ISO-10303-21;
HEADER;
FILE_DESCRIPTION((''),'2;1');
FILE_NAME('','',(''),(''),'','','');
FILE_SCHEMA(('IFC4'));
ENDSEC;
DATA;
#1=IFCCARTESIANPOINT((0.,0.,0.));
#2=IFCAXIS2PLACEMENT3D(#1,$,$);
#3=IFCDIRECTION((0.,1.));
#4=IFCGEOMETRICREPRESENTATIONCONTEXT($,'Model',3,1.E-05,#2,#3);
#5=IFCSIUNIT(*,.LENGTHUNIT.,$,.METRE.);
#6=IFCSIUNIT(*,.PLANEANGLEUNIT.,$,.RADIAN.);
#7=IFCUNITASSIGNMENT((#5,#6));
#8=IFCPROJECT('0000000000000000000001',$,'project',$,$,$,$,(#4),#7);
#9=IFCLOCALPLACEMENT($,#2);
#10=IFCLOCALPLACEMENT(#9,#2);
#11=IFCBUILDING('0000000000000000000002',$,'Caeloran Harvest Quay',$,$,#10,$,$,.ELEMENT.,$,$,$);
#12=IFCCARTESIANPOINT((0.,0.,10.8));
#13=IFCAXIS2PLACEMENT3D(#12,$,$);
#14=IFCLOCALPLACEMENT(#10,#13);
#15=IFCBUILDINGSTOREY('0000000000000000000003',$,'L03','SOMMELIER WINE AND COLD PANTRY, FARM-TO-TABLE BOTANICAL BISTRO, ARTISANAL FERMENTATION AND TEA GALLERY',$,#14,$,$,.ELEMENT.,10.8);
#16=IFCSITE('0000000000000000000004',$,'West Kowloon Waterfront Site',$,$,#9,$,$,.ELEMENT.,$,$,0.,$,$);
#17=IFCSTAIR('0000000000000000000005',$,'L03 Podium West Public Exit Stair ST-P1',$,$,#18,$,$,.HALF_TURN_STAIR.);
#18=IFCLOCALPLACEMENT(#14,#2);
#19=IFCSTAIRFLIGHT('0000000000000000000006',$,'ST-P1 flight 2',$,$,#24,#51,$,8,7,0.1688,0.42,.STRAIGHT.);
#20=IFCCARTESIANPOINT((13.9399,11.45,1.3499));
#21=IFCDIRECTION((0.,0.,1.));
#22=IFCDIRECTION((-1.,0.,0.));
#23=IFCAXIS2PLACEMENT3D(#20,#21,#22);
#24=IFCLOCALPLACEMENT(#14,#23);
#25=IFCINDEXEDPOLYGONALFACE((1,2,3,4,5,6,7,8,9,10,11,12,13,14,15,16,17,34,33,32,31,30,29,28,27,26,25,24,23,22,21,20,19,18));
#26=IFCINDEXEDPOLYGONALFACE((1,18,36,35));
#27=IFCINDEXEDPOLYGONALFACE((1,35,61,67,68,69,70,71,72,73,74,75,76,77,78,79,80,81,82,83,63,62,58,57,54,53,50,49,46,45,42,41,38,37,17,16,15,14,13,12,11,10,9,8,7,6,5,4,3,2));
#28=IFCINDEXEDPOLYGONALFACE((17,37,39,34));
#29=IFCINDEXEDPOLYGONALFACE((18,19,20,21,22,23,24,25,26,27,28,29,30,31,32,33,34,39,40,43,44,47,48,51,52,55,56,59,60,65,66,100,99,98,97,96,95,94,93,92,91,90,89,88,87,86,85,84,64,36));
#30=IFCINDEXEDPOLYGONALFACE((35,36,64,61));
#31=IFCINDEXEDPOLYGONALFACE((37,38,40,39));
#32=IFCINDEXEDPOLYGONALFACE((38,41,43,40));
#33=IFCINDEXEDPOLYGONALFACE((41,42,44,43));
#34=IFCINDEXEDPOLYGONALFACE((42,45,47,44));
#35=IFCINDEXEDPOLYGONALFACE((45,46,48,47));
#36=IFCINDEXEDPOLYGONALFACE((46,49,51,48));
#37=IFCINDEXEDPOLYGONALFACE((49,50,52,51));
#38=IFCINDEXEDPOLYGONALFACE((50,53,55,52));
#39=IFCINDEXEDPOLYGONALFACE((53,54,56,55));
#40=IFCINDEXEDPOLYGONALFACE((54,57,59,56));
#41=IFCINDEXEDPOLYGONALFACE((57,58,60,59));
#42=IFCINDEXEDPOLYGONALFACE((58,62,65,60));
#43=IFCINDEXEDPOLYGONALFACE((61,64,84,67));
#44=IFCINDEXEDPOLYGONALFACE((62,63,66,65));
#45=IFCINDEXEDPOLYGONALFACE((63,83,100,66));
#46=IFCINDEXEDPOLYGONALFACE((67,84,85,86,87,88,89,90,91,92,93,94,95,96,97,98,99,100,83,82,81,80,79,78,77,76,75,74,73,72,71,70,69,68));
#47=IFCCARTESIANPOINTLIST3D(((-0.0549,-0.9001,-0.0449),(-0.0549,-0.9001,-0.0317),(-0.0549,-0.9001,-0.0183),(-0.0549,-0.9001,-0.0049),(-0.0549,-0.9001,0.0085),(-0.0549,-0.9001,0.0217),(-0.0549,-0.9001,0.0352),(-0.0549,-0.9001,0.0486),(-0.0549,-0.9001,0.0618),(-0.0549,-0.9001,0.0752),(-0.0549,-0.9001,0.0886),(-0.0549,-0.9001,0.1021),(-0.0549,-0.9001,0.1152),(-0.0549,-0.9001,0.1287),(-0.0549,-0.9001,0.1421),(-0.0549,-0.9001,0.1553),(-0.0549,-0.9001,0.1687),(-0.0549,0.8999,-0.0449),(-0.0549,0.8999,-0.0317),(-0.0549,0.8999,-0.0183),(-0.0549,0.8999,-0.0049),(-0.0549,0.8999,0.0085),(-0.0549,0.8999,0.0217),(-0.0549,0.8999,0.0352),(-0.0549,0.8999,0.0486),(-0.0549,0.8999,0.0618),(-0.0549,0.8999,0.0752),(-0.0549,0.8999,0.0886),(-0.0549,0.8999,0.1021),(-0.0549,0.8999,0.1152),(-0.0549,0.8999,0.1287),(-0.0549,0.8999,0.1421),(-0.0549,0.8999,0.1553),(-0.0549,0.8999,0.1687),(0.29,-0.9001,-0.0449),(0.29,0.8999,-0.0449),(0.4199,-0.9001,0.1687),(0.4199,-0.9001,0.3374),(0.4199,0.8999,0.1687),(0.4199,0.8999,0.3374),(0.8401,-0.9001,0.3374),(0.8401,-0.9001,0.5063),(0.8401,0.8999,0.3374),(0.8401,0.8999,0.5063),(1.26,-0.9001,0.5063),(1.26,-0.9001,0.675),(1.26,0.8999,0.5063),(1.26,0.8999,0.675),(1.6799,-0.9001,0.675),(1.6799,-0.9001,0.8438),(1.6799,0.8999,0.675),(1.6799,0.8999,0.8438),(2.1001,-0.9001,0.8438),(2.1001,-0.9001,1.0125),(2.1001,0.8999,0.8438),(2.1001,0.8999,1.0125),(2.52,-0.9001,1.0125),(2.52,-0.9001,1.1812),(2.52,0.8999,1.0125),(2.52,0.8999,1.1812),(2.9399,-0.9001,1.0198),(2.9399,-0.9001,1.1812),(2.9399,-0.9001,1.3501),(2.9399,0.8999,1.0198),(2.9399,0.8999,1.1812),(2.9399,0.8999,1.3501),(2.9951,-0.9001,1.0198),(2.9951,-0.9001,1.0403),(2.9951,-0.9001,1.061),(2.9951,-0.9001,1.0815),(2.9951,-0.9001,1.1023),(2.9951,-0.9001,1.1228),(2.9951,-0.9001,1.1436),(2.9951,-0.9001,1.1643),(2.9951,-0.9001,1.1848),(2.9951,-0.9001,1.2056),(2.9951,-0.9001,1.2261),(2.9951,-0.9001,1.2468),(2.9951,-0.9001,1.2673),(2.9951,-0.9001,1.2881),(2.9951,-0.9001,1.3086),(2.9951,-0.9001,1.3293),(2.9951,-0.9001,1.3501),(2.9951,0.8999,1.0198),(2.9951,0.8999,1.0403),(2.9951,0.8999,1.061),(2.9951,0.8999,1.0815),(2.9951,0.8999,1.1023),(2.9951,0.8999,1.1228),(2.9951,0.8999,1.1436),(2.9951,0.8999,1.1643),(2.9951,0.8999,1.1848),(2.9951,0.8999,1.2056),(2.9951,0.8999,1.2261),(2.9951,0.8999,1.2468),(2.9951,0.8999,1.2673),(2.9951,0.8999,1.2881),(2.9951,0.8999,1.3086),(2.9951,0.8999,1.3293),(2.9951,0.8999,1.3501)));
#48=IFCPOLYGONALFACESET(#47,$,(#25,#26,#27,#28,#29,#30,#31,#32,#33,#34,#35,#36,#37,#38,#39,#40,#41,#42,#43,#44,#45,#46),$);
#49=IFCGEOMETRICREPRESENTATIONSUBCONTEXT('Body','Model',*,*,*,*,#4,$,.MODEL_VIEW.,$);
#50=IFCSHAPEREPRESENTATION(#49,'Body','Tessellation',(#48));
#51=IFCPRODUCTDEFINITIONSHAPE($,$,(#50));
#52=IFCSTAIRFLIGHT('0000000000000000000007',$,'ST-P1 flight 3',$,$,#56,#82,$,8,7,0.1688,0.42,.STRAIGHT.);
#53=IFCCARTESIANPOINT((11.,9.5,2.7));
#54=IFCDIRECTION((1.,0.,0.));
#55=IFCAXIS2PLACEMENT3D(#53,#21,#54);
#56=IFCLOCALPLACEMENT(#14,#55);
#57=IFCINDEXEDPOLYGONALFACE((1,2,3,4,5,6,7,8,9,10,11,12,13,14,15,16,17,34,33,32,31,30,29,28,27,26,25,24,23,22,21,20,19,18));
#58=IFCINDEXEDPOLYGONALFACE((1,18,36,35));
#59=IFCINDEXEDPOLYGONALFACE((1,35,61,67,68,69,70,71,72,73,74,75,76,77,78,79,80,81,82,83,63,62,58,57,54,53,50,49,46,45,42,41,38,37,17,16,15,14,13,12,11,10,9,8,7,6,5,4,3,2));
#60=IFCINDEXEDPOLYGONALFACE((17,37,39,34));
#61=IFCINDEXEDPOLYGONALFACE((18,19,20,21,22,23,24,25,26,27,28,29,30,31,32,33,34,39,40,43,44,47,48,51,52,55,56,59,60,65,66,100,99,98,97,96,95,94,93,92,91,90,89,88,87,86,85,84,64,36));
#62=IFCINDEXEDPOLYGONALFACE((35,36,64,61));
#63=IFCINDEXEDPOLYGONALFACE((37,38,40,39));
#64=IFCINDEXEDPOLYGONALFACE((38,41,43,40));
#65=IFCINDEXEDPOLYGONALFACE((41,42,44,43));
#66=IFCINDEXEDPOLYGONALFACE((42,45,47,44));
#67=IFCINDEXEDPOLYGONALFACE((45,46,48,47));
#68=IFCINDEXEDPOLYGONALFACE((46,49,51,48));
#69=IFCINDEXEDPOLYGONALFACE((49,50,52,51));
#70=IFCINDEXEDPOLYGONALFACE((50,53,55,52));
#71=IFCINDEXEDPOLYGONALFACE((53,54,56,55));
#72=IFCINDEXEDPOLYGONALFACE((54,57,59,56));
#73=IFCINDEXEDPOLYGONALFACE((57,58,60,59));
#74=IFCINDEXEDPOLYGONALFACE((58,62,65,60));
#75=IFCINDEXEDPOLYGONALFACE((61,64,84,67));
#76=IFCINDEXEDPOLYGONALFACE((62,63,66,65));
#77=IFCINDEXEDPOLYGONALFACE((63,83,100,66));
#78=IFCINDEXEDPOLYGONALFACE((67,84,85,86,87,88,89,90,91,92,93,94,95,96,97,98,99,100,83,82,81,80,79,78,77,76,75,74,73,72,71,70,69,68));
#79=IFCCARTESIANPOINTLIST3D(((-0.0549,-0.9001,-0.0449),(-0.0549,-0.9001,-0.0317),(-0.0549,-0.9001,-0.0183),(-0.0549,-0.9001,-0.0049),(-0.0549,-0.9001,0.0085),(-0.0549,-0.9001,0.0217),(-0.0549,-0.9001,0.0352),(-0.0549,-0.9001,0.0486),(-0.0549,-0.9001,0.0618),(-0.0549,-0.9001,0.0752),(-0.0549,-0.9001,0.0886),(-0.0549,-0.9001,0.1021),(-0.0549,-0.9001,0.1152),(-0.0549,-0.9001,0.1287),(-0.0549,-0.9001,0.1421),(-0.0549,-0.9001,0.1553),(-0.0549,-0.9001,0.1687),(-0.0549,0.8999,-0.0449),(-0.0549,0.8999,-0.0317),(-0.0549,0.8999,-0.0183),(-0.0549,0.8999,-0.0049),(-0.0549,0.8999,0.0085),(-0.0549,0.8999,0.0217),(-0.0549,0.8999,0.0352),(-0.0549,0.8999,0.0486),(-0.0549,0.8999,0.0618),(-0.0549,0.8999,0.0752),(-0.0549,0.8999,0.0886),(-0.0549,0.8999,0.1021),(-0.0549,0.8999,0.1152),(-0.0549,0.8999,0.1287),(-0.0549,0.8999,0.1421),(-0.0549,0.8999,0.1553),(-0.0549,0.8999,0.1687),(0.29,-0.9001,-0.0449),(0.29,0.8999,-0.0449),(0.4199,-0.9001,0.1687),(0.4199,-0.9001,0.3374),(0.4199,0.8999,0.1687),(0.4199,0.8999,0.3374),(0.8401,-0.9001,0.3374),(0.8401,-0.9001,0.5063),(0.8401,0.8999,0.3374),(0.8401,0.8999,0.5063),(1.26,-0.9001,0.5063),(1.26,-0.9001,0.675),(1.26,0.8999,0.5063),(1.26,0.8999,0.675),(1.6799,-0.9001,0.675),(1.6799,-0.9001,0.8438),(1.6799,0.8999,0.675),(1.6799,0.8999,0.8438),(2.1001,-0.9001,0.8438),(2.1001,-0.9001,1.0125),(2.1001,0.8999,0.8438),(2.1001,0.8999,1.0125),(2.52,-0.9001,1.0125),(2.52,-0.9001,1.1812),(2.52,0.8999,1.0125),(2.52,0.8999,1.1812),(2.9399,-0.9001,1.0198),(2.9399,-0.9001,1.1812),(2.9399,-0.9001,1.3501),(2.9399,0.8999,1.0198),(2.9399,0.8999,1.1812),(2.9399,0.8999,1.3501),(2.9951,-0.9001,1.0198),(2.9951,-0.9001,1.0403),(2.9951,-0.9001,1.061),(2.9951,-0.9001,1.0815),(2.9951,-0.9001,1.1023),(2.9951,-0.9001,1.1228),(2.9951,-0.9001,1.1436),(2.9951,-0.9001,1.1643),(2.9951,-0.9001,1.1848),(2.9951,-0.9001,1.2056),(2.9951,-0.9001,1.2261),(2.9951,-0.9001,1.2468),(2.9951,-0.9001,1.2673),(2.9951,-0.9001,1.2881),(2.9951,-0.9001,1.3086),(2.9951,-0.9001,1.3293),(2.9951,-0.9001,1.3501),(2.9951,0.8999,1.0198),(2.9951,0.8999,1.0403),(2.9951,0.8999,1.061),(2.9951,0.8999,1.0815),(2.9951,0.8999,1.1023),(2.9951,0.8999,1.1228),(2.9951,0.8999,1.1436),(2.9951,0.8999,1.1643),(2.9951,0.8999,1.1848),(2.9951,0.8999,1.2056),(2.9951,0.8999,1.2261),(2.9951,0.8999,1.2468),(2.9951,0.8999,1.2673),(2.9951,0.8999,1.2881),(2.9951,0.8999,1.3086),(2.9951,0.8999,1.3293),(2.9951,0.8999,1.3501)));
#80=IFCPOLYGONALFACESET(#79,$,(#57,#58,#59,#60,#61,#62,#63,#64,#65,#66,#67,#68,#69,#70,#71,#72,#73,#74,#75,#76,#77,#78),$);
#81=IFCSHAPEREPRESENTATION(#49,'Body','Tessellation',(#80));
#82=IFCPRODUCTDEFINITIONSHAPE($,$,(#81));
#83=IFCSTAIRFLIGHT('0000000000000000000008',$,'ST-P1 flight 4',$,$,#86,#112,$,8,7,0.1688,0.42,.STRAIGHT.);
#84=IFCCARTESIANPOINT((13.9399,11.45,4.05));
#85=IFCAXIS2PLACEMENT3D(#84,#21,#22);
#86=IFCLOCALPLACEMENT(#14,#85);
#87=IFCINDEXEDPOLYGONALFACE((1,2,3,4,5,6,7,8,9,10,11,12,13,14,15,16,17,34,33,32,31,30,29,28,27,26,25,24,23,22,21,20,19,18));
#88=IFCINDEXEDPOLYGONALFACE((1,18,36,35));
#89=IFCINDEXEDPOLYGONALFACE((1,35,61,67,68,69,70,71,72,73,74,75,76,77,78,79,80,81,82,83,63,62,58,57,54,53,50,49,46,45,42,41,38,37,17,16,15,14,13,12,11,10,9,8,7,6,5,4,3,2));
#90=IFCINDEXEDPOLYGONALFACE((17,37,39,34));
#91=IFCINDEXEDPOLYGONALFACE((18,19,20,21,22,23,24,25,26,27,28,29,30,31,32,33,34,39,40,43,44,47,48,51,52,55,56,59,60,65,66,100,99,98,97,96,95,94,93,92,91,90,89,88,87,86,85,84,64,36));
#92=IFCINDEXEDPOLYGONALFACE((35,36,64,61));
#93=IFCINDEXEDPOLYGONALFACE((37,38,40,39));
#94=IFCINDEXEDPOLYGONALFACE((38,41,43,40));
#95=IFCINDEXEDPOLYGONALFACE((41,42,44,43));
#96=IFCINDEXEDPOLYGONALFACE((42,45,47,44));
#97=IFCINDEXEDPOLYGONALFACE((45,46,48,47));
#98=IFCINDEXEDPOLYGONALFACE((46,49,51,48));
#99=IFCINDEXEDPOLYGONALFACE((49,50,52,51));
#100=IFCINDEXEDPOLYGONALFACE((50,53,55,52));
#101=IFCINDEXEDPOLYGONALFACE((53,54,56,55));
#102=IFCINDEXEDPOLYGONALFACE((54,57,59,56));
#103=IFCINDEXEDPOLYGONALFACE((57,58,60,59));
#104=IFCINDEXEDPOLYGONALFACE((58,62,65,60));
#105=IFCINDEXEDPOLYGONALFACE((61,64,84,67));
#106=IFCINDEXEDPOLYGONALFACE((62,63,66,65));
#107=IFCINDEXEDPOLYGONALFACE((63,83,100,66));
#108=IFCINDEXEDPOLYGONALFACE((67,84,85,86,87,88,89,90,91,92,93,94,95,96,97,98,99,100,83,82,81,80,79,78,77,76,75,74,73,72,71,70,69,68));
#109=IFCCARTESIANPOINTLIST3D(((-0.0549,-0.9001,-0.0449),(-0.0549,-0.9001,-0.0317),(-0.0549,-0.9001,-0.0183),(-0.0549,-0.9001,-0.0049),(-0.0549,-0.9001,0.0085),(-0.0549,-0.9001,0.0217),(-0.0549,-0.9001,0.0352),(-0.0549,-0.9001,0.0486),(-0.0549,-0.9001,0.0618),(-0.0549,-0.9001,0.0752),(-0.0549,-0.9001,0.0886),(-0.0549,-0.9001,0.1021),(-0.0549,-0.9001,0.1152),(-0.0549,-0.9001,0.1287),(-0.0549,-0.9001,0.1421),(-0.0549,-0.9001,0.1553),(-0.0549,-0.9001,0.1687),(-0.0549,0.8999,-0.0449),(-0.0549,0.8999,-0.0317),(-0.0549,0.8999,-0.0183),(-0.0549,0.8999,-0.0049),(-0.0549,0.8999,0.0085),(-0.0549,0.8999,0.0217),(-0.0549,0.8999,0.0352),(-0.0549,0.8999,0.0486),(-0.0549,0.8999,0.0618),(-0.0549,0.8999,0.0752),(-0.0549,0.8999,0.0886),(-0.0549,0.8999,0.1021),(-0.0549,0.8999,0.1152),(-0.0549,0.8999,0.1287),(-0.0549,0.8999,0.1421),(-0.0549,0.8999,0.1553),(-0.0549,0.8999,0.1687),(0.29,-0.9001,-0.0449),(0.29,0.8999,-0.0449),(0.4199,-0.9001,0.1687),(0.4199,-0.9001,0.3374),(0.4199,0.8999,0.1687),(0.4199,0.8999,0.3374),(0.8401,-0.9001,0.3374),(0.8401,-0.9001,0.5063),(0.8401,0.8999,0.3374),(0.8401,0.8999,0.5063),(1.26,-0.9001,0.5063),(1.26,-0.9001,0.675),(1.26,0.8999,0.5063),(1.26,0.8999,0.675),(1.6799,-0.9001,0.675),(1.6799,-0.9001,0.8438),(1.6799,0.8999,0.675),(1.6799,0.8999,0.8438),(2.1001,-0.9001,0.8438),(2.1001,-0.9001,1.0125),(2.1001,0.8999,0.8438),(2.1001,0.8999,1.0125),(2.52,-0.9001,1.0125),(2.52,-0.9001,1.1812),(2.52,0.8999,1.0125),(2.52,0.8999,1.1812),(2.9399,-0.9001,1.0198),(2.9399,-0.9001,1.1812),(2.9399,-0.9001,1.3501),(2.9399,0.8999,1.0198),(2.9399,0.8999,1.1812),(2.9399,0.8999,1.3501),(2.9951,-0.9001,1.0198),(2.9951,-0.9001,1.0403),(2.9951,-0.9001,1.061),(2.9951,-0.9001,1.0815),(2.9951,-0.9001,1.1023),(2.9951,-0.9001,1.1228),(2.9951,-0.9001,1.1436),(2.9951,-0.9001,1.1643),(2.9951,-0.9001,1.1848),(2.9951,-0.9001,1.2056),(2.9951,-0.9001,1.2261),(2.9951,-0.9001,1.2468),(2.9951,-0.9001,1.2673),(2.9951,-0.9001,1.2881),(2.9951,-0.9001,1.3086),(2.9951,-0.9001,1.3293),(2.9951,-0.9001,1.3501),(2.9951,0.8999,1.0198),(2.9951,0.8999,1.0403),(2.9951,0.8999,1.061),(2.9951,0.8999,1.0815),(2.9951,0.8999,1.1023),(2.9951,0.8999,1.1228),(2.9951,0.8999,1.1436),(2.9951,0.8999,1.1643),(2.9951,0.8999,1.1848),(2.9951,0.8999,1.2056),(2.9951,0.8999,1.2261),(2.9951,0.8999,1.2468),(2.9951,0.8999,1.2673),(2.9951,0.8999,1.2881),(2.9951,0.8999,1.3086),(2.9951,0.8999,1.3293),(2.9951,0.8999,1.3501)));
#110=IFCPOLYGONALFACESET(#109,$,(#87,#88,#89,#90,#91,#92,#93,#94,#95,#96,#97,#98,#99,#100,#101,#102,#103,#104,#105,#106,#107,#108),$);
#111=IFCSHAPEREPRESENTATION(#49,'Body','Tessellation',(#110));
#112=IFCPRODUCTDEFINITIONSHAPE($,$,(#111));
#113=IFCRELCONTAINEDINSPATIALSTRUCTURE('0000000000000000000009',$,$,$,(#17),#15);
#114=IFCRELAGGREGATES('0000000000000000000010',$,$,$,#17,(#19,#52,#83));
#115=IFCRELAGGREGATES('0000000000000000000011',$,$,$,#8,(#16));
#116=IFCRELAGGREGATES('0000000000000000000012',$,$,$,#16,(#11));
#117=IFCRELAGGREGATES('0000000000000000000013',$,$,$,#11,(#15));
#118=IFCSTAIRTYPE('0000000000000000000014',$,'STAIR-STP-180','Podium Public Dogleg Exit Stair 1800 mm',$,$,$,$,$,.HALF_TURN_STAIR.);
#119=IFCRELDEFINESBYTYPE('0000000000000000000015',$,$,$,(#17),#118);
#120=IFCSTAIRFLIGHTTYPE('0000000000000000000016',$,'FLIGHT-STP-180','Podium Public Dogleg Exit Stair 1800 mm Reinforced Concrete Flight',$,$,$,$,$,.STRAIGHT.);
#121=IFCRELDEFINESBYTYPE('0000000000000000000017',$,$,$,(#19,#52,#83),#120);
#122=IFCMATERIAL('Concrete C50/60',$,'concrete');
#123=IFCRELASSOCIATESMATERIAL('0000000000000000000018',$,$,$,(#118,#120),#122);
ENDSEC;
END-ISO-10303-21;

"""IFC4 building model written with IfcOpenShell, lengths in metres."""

from ifc_helpers import new_model, si_unit, direction, frame, origin, place, context, subcontext, project, spatial, polyline, outline, extrude, material, type_object, element, aggregate, save


model = new_model("IFC4")

# Units and contexts
model_context = context("Model", 3, precision=1e-05, world=origin(), true_north=direction((0.0, 1.0)))
body_context = subcontext(model_context, "Body", "Model", "MODEL_VIEW")
ifc_project = project(units=[si_unit("LENGTHUNIT", "METRE"), si_unit("PLANEANGLEUNIT", "RADIAN")], contexts=[model_context])

# Site, building, storey
site_placement = place(None, origin())
site = spatial("IfcSite", under=ifc_project, at=site_placement, Name="West Kowloon Waterfront Site", CompositionType="ELEMENT", RefElevation=0.0)
building_placement = place(site_placement, origin())
building = spatial("IfcBuilding", under=site, at=building_placement, Name="Caeloran Harvest Quay", CompositionType="ELEMENT")
storey_placement = place(building_placement, frame((0.0, 0.0, 10.8)))
storey = spatial("IfcBuildingStorey", under=building, at=storey_placement, Name="L03", Description="SOMMELIER WINE AND COLD PANTRY, FARM-TO-TABLE BOTANICAL BISTRO, ARTISANAL FERMENTATION AND TEA GALLERY", CompositionType="ELEMENT", Elevation=10.8)

# Stair, stair flights
ifc_material_1 = material(Name="Concrete C50/60", Category="concrete")
stair_type = type_object("IfcStairType", Name="STAIR-STP-180", Description="Podium Public Dogleg Exit Stair 1800 mm", PredefinedType="HALF_TURN_STAIR", material=ifc_material_1)
stair_placement = place(storey_placement, origin())
stair = element("IfcStair", 1, at=stair_placement, inside=storey, type_object=stair_type, Name="L03 Podium West Public Exit Stair ST-P1", PredefinedType="HALF_TURN_STAIR")
stair_flight_type = type_object("IfcStairFlightType", Name="FLIGHT-STP-180", Description="Podium Public Dogleg Exit Stair 1800 mm Reinforced Concrete Flight", PredefinedType="STRAIGHT", material=ifc_material_1)
stair_flight_1_placement = place(storey_placement, frame((13.9399, 11.45, 1.3499), z_axis=(0.0, 0.0, 1.0), x_axis=(-1.0, 0.0, 0.0)))
stair_flight_1 = element("IfcStairFlight", 2, at=stair_flight_1_placement, type_object=stair_flight_type, Name="ST-P1 flight 2", NumberOfRisers=8, NumberOfTreads=7, PredefinedType="STRAIGHT", RiserHeight=0.1688, TreadLength=0.42, context=body_context, shape_type="SweptSolid", body=[
    extrude(outline(polyline([(-0.0549, -0.0449), (-0.0549, -0.0317), (-0.0549, -0.0183), (-0.0549, -0.0049), (-0.0549, 0.0085), (-0.0549, 0.0217), (-0.0549, 0.0352), (-0.0549, 0.0486), (-0.0549, 0.0618), (-0.0549, 0.0752), (-0.0549, 0.0886), (-0.0549, 0.1021), (-0.0549, 0.1152), (-0.0549, 0.1287), (-0.0549, 0.1421), (-0.0549, 0.1553), (-0.0549, 0.1687), (0.4199, 0.1687), (0.4199, 0.3374), (0.8401, 0.3374), (0.8401, 0.5063), (1.26, 0.5063), (1.26, 0.675), (1.6799, 0.675), (1.6799, 0.8438), (2.1001, 0.8438), (2.1001, 1.0125), (2.52, 1.0125), (2.52, 1.1812), (2.9399, 1.1812), (2.9399, 1.3501), (2.9951, 1.3501), (2.9951, 1.3293), (2.9951, 1.3086), (2.9951, 1.2881), (2.9951, 1.2673), (2.9951, 1.2468), (2.9951, 1.2261), (2.9951, 1.2056), (2.9951, 1.1848), (2.9951, 1.1643), (2.9951, 1.1436), (2.9951, 1.1228), (2.9951, 1.1023), (2.9951, 1.0815), (2.9951, 1.061), (2.9951, 1.0403), (2.9951, 1.0198), (2.9399, 1.0198), (0.29, -0.0449), (-0.0549, -0.0449)])), frame((0.0, 0.8999, 0.0), z_axis=(0.0, -1.0, 0.0), x_axis=(1.0, 0.0, 0.0)), (0.0, 0.0, 1.0), 1.8),
])
stair_flight_2_placement = place(storey_placement, frame((11.0, 9.5, 2.7), z_axis=(0.0, 0.0, 1.0), x_axis=(1.0, 0.0, 0.0)))
stair_flight_2 = element("IfcStairFlight", 3, at=stair_flight_2_placement, type_object=stair_flight_type, Name="ST-P1 flight 3", NumberOfRisers=8, NumberOfTreads=7, PredefinedType="STRAIGHT", RiserHeight=0.1688, TreadLength=0.42, context=body_context, shape_type="SweptSolid", body=[
    extrude(outline(polyline([(-0.0549, -0.0449), (-0.0549, -0.0317), (-0.0549, -0.0183), (-0.0549, -0.0049), (-0.0549, 0.0085), (-0.0549, 0.0217), (-0.0549, 0.0352), (-0.0549, 0.0486), (-0.0549, 0.0618), (-0.0549, 0.0752), (-0.0549, 0.0886), (-0.0549, 0.1021), (-0.0549, 0.1152), (-0.0549, 0.1287), (-0.0549, 0.1421), (-0.0549, 0.1553), (-0.0549, 0.1687), (0.4199, 0.1687), (0.4199, 0.3374), (0.8401, 0.3374), (0.8401, 0.5063), (1.26, 0.5063), (1.26, 0.675), (1.6799, 0.675), (1.6799, 0.8438), (2.1001, 0.8438), (2.1001, 1.0125), (2.52, 1.0125), (2.52, 1.1812), (2.9399, 1.1812), (2.9399, 1.3501), (2.9951, 1.3501), (2.9951, 1.3293), (2.9951, 1.3086), (2.9951, 1.2881), (2.9951, 1.2673), (2.9951, 1.2468), (2.9951, 1.2261), (2.9951, 1.2056), (2.9951, 1.1848), (2.9951, 1.1643), (2.9951, 1.1436), (2.9951, 1.1228), (2.9951, 1.1023), (2.9951, 1.0815), (2.9951, 1.061), (2.9951, 1.0403), (2.9951, 1.0198), (2.9399, 1.0198), (0.29, -0.0449), (-0.0549, -0.0449)])), frame((0.0, 0.8999, 0.0), z_axis=(0.0, -1.0, 0.0), x_axis=(1.0, 0.0, 0.0)), (0.0, 0.0, 1.0), 1.8),
])
stair_flight_3_placement = place(storey_placement, frame((13.9399, 11.45, 4.05), z_axis=(0.0, 0.0, 1.0), x_axis=(-1.0, 0.0, 0.0)))
stair_flight_3 = element("IfcStairFlight", 4, at=stair_flight_3_placement, type_object=stair_flight_type, Name="ST-P1 flight 4", NumberOfRisers=8, NumberOfTreads=7, PredefinedType="STRAIGHT", RiserHeight=0.1688, TreadLength=0.42, context=body_context, shape_type="SweptSolid", body=[
    extrude(outline(polyline([(-0.0549, -0.0449), (-0.0549, -0.0317), (-0.0549, -0.0183), (-0.0549, -0.0049), (-0.0549, 0.0085), (-0.0549, 0.0217), (-0.0549, 0.0352), (-0.0549, 0.0486), (-0.0549, 0.0618), (-0.0549, 0.0752), (-0.0549, 0.0886), (-0.0549, 0.1021), (-0.0549, 0.1152), (-0.0549, 0.1287), (-0.0549, 0.1421), (-0.0549, 0.1553), (-0.0549, 0.1687), (0.4199, 0.1687), (0.4199, 0.3374), (0.8401, 0.3374), (0.8401, 0.5063), (1.26, 0.5063), (1.26, 0.675), (1.6799, 0.675), (1.6799, 0.8438), (2.1001, 0.8438), (2.1001, 1.0125), (2.52, 1.0125), (2.52, 1.1812), (2.9399, 1.1812), (2.9399, 1.3501), (2.9951, 1.3501), (2.9951, 1.3293), (2.9951, 1.3086), (2.9951, 1.2881), (2.9951, 1.2673), (2.9951, 1.2468), (2.9951, 1.2261), (2.9951, 1.2056), (2.9951, 1.1848), (2.9951, 1.1643), (2.9951, 1.1436), (2.9951, 1.1228), (2.9951, 1.1023), (2.9951, 1.0815), (2.9951, 1.061), (2.9951, 1.0403), (2.9951, 1.0198), (2.9399, 1.0198), (0.29, -0.0449), (-0.0549, -0.0449)])), frame((0.0, 0.8999, 0.0), z_axis=(0.0, -1.0, 0.0), x_axis=(1.0, 0.0, 0.0)), (0.0, 0.0, 1.0), 1.8),
])
aggregate(stair, [stair_flight_1, stair_flight_2, stair_flight_3])

save(model, "model.ifc")
